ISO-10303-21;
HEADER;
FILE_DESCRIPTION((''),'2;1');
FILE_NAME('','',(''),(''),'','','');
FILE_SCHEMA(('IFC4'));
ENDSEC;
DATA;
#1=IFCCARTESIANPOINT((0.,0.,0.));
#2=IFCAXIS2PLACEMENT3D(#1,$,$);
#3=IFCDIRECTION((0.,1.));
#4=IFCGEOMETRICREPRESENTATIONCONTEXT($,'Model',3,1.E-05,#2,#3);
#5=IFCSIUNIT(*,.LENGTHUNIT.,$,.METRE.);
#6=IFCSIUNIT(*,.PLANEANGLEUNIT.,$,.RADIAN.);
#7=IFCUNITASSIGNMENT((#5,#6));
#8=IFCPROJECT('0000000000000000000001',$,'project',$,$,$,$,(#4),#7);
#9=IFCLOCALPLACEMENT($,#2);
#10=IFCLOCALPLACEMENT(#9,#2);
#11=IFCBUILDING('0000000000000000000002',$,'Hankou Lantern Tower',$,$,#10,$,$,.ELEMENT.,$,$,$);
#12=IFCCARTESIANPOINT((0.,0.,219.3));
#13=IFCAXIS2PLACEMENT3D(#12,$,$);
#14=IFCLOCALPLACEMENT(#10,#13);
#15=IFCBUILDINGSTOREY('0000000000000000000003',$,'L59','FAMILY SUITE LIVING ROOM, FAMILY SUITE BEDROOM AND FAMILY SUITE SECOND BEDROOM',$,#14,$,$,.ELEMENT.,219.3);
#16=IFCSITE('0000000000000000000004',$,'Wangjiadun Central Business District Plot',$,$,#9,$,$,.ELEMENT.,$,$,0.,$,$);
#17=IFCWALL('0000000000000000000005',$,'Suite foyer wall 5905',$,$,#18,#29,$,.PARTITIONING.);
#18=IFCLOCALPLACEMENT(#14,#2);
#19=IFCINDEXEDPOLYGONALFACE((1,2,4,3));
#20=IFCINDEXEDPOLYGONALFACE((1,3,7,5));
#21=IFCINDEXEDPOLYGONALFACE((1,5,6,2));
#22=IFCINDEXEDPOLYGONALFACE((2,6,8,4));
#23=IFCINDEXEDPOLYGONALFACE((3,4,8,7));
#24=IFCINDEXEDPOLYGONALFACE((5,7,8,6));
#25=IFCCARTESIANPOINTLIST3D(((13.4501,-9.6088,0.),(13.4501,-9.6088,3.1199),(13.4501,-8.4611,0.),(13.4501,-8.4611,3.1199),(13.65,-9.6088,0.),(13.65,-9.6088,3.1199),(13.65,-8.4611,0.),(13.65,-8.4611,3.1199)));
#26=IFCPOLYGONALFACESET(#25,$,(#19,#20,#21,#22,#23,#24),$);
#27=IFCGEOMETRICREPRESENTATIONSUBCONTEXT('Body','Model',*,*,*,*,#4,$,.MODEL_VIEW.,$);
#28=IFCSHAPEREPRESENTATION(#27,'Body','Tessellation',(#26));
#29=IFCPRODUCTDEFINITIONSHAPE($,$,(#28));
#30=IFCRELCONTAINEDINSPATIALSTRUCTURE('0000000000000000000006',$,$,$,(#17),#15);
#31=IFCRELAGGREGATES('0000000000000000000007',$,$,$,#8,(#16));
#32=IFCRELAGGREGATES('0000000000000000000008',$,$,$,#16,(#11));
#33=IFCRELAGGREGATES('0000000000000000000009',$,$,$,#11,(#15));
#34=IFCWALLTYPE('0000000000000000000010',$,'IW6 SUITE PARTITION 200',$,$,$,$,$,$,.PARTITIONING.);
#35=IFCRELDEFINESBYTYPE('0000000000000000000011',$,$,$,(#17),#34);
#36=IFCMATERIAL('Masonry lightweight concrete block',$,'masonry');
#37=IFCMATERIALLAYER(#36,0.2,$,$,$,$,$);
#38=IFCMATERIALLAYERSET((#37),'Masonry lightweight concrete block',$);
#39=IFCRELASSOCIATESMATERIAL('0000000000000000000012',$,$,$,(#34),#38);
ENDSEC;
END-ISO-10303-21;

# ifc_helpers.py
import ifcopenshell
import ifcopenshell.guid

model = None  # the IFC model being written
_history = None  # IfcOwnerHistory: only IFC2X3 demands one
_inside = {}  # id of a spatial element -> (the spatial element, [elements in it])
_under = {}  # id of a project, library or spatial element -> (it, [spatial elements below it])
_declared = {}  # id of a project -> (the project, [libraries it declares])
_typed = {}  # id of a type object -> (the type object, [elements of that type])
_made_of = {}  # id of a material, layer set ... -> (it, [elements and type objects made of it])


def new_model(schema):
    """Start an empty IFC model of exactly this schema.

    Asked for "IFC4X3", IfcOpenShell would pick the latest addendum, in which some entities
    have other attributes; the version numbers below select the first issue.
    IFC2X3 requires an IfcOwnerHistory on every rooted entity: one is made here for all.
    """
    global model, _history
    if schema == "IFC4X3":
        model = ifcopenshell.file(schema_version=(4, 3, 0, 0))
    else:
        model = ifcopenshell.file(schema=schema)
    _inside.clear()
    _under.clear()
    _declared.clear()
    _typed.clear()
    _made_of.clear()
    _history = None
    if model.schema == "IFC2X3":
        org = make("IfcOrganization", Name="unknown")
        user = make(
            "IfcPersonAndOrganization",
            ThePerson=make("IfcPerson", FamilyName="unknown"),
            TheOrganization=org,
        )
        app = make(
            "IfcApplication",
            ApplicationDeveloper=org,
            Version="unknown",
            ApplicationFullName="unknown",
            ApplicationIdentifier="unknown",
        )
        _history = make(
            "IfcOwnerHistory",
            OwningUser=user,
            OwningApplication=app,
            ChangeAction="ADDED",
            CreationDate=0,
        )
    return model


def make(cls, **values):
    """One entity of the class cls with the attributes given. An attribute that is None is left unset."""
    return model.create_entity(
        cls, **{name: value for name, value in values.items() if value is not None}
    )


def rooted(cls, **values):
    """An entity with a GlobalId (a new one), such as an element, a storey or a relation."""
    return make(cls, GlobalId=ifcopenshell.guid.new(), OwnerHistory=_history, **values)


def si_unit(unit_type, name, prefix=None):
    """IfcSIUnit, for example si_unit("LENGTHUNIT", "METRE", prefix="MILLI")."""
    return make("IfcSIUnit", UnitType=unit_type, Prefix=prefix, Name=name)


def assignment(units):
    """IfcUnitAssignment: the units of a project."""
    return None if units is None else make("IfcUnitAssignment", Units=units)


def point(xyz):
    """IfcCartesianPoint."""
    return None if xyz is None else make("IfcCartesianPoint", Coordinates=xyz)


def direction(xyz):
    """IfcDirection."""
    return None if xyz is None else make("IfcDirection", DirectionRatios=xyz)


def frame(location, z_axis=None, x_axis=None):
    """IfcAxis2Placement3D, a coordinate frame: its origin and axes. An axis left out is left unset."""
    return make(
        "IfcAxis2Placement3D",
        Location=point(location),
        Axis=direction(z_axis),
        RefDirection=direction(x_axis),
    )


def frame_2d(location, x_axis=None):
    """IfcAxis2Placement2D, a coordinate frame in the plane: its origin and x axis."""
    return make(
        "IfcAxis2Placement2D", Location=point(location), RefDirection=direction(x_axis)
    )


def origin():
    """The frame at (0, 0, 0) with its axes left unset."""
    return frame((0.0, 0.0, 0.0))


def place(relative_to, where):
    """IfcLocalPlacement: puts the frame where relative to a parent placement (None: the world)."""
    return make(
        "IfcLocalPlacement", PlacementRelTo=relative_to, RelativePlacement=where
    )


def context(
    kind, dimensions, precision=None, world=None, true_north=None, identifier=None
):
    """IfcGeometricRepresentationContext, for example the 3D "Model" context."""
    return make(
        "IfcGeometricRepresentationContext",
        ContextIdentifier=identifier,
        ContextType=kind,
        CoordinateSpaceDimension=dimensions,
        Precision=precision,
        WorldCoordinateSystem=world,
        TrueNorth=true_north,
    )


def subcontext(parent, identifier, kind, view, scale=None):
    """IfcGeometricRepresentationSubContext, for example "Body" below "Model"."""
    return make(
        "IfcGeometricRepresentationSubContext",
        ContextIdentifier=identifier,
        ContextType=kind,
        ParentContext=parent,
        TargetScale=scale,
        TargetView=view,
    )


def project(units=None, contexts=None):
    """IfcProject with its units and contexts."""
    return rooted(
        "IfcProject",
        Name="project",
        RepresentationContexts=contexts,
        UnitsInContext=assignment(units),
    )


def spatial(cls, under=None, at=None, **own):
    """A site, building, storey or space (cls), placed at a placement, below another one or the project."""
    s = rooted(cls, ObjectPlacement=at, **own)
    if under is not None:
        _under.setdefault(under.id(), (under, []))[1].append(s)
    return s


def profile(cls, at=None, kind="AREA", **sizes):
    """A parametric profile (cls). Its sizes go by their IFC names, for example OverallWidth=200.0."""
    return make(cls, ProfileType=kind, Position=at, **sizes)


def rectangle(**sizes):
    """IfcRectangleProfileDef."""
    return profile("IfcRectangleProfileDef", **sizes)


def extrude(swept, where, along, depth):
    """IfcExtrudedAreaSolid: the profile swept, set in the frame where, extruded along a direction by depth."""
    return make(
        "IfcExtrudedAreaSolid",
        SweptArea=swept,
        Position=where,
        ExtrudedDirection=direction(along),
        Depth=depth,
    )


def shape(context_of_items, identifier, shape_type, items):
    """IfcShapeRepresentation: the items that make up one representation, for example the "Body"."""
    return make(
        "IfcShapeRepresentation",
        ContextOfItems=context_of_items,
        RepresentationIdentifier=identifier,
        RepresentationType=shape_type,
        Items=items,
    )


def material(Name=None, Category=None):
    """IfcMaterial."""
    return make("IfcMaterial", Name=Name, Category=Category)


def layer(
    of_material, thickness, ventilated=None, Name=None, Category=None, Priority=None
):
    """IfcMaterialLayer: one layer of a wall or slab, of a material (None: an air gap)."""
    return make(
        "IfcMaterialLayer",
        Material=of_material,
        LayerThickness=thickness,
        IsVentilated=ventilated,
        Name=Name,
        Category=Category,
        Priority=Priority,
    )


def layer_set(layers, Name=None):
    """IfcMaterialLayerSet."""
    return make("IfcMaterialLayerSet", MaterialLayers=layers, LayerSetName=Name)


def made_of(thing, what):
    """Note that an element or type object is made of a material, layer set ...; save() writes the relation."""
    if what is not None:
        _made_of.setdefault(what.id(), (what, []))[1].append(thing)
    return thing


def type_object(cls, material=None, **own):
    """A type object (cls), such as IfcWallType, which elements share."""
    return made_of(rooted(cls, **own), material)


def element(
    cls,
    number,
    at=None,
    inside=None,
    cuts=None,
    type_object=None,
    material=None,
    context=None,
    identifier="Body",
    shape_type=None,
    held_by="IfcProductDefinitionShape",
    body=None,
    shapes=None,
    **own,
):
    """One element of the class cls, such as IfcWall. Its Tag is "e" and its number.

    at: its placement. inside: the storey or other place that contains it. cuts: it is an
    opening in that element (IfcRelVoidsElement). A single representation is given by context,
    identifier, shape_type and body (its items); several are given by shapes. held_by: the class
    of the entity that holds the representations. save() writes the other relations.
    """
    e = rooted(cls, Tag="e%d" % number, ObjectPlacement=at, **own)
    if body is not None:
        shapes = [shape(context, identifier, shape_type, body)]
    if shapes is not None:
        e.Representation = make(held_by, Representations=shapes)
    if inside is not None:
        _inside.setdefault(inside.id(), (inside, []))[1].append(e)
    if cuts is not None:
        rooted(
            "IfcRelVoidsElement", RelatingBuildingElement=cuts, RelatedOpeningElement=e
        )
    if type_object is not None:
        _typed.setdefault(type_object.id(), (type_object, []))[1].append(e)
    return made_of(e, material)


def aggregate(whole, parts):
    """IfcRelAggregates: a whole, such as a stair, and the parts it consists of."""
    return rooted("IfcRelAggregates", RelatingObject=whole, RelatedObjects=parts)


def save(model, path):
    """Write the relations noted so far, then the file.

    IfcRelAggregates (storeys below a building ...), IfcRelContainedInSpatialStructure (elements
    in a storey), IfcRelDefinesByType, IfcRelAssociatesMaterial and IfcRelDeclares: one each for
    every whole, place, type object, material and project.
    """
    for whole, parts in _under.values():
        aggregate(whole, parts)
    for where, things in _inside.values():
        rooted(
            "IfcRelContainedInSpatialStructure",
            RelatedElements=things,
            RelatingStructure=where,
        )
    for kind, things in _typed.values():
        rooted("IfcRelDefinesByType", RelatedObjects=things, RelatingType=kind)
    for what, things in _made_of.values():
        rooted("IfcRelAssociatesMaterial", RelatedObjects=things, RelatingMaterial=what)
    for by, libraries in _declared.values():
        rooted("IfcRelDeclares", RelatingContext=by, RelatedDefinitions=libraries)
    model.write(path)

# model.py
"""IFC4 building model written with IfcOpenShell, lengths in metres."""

from ifc_helpers import new_model, si_unit, direction, frame, frame_2d, origin, place, context, subcontext, project, spatial, rectangle, extrude, material, layer, layer_set, type_object, element, save


model = new_model("IFC4")

# Units and contexts
model_context = context("Model", 3, precision=1e-05, world=origin(), true_north=direction((0.0, 1.0)))
body_context = subcontext(model_context, "Body", "Model", "MODEL_VIEW")
ifc_project = project(units=[si_unit("LENGTHUNIT", "METRE"), si_unit("PLANEANGLEUNIT", "RADIAN")], contexts=[model_context])

# Site, building, storey
site_placement = place(None, origin())
site = spatial("IfcSite", under=ifc_project, at=site_placement, Name="Wangjiadun Central Business District Plot", CompositionType="ELEMENT", RefElevation=0.0)
building_placement = place(site_placement, origin())
building = spatial("IfcBuilding", under=site, at=building_placement, Name="Hankou Lantern Tower", CompositionType="ELEMENT")
storey_placement = place(building_placement, frame((0.0, 0.0, 219.3)))
storey = spatial("IfcBuildingStorey", under=building, at=storey_placement, Name="L59", Description="FAMILY SUITE LIVING ROOM, FAMILY SUITE BEDROOM AND FAMILY SUITE SECOND BEDROOM", CompositionType="ELEMENT", Elevation=219.3)

# Wall
ifc_material_1 = material(Name="Masonry lightweight concrete block", Category="masonry")
ifc_layer_1 = layer(ifc_material_1, 0.2)
ifc_layer_set_1 = layer_set([ifc_layer_1], Name="Masonry lightweight concrete block")
wall_type_1 = type_object("IfcWallType", Name="IW6 SUITE PARTITION 200", PredefinedType="PARTITIONING", material=ifc_layer_set_1)
wall_1_placement = place(storey_placement, frame((13.55, -9.6086, 0.0), z_axis=(0.0, 0.0, 1.0), x_axis=(0.0, 1.0, 0.0)))
element("IfcWall", 1, at=wall_1_placement, inside=storey, type_object=wall_type_1, Name="Suite foyer wall 5905", PredefinedType="PARTITIONING", context=body_context, shape_type="SweptSolid", body=[
    extrude(rectangle(XDim=1.1477, YDim=0.2, at=frame_2d((0.5737, 0.0))), origin(), (0.0, 0.0, 1.0), 3.1199),
])

save(model, "model.ifc")
